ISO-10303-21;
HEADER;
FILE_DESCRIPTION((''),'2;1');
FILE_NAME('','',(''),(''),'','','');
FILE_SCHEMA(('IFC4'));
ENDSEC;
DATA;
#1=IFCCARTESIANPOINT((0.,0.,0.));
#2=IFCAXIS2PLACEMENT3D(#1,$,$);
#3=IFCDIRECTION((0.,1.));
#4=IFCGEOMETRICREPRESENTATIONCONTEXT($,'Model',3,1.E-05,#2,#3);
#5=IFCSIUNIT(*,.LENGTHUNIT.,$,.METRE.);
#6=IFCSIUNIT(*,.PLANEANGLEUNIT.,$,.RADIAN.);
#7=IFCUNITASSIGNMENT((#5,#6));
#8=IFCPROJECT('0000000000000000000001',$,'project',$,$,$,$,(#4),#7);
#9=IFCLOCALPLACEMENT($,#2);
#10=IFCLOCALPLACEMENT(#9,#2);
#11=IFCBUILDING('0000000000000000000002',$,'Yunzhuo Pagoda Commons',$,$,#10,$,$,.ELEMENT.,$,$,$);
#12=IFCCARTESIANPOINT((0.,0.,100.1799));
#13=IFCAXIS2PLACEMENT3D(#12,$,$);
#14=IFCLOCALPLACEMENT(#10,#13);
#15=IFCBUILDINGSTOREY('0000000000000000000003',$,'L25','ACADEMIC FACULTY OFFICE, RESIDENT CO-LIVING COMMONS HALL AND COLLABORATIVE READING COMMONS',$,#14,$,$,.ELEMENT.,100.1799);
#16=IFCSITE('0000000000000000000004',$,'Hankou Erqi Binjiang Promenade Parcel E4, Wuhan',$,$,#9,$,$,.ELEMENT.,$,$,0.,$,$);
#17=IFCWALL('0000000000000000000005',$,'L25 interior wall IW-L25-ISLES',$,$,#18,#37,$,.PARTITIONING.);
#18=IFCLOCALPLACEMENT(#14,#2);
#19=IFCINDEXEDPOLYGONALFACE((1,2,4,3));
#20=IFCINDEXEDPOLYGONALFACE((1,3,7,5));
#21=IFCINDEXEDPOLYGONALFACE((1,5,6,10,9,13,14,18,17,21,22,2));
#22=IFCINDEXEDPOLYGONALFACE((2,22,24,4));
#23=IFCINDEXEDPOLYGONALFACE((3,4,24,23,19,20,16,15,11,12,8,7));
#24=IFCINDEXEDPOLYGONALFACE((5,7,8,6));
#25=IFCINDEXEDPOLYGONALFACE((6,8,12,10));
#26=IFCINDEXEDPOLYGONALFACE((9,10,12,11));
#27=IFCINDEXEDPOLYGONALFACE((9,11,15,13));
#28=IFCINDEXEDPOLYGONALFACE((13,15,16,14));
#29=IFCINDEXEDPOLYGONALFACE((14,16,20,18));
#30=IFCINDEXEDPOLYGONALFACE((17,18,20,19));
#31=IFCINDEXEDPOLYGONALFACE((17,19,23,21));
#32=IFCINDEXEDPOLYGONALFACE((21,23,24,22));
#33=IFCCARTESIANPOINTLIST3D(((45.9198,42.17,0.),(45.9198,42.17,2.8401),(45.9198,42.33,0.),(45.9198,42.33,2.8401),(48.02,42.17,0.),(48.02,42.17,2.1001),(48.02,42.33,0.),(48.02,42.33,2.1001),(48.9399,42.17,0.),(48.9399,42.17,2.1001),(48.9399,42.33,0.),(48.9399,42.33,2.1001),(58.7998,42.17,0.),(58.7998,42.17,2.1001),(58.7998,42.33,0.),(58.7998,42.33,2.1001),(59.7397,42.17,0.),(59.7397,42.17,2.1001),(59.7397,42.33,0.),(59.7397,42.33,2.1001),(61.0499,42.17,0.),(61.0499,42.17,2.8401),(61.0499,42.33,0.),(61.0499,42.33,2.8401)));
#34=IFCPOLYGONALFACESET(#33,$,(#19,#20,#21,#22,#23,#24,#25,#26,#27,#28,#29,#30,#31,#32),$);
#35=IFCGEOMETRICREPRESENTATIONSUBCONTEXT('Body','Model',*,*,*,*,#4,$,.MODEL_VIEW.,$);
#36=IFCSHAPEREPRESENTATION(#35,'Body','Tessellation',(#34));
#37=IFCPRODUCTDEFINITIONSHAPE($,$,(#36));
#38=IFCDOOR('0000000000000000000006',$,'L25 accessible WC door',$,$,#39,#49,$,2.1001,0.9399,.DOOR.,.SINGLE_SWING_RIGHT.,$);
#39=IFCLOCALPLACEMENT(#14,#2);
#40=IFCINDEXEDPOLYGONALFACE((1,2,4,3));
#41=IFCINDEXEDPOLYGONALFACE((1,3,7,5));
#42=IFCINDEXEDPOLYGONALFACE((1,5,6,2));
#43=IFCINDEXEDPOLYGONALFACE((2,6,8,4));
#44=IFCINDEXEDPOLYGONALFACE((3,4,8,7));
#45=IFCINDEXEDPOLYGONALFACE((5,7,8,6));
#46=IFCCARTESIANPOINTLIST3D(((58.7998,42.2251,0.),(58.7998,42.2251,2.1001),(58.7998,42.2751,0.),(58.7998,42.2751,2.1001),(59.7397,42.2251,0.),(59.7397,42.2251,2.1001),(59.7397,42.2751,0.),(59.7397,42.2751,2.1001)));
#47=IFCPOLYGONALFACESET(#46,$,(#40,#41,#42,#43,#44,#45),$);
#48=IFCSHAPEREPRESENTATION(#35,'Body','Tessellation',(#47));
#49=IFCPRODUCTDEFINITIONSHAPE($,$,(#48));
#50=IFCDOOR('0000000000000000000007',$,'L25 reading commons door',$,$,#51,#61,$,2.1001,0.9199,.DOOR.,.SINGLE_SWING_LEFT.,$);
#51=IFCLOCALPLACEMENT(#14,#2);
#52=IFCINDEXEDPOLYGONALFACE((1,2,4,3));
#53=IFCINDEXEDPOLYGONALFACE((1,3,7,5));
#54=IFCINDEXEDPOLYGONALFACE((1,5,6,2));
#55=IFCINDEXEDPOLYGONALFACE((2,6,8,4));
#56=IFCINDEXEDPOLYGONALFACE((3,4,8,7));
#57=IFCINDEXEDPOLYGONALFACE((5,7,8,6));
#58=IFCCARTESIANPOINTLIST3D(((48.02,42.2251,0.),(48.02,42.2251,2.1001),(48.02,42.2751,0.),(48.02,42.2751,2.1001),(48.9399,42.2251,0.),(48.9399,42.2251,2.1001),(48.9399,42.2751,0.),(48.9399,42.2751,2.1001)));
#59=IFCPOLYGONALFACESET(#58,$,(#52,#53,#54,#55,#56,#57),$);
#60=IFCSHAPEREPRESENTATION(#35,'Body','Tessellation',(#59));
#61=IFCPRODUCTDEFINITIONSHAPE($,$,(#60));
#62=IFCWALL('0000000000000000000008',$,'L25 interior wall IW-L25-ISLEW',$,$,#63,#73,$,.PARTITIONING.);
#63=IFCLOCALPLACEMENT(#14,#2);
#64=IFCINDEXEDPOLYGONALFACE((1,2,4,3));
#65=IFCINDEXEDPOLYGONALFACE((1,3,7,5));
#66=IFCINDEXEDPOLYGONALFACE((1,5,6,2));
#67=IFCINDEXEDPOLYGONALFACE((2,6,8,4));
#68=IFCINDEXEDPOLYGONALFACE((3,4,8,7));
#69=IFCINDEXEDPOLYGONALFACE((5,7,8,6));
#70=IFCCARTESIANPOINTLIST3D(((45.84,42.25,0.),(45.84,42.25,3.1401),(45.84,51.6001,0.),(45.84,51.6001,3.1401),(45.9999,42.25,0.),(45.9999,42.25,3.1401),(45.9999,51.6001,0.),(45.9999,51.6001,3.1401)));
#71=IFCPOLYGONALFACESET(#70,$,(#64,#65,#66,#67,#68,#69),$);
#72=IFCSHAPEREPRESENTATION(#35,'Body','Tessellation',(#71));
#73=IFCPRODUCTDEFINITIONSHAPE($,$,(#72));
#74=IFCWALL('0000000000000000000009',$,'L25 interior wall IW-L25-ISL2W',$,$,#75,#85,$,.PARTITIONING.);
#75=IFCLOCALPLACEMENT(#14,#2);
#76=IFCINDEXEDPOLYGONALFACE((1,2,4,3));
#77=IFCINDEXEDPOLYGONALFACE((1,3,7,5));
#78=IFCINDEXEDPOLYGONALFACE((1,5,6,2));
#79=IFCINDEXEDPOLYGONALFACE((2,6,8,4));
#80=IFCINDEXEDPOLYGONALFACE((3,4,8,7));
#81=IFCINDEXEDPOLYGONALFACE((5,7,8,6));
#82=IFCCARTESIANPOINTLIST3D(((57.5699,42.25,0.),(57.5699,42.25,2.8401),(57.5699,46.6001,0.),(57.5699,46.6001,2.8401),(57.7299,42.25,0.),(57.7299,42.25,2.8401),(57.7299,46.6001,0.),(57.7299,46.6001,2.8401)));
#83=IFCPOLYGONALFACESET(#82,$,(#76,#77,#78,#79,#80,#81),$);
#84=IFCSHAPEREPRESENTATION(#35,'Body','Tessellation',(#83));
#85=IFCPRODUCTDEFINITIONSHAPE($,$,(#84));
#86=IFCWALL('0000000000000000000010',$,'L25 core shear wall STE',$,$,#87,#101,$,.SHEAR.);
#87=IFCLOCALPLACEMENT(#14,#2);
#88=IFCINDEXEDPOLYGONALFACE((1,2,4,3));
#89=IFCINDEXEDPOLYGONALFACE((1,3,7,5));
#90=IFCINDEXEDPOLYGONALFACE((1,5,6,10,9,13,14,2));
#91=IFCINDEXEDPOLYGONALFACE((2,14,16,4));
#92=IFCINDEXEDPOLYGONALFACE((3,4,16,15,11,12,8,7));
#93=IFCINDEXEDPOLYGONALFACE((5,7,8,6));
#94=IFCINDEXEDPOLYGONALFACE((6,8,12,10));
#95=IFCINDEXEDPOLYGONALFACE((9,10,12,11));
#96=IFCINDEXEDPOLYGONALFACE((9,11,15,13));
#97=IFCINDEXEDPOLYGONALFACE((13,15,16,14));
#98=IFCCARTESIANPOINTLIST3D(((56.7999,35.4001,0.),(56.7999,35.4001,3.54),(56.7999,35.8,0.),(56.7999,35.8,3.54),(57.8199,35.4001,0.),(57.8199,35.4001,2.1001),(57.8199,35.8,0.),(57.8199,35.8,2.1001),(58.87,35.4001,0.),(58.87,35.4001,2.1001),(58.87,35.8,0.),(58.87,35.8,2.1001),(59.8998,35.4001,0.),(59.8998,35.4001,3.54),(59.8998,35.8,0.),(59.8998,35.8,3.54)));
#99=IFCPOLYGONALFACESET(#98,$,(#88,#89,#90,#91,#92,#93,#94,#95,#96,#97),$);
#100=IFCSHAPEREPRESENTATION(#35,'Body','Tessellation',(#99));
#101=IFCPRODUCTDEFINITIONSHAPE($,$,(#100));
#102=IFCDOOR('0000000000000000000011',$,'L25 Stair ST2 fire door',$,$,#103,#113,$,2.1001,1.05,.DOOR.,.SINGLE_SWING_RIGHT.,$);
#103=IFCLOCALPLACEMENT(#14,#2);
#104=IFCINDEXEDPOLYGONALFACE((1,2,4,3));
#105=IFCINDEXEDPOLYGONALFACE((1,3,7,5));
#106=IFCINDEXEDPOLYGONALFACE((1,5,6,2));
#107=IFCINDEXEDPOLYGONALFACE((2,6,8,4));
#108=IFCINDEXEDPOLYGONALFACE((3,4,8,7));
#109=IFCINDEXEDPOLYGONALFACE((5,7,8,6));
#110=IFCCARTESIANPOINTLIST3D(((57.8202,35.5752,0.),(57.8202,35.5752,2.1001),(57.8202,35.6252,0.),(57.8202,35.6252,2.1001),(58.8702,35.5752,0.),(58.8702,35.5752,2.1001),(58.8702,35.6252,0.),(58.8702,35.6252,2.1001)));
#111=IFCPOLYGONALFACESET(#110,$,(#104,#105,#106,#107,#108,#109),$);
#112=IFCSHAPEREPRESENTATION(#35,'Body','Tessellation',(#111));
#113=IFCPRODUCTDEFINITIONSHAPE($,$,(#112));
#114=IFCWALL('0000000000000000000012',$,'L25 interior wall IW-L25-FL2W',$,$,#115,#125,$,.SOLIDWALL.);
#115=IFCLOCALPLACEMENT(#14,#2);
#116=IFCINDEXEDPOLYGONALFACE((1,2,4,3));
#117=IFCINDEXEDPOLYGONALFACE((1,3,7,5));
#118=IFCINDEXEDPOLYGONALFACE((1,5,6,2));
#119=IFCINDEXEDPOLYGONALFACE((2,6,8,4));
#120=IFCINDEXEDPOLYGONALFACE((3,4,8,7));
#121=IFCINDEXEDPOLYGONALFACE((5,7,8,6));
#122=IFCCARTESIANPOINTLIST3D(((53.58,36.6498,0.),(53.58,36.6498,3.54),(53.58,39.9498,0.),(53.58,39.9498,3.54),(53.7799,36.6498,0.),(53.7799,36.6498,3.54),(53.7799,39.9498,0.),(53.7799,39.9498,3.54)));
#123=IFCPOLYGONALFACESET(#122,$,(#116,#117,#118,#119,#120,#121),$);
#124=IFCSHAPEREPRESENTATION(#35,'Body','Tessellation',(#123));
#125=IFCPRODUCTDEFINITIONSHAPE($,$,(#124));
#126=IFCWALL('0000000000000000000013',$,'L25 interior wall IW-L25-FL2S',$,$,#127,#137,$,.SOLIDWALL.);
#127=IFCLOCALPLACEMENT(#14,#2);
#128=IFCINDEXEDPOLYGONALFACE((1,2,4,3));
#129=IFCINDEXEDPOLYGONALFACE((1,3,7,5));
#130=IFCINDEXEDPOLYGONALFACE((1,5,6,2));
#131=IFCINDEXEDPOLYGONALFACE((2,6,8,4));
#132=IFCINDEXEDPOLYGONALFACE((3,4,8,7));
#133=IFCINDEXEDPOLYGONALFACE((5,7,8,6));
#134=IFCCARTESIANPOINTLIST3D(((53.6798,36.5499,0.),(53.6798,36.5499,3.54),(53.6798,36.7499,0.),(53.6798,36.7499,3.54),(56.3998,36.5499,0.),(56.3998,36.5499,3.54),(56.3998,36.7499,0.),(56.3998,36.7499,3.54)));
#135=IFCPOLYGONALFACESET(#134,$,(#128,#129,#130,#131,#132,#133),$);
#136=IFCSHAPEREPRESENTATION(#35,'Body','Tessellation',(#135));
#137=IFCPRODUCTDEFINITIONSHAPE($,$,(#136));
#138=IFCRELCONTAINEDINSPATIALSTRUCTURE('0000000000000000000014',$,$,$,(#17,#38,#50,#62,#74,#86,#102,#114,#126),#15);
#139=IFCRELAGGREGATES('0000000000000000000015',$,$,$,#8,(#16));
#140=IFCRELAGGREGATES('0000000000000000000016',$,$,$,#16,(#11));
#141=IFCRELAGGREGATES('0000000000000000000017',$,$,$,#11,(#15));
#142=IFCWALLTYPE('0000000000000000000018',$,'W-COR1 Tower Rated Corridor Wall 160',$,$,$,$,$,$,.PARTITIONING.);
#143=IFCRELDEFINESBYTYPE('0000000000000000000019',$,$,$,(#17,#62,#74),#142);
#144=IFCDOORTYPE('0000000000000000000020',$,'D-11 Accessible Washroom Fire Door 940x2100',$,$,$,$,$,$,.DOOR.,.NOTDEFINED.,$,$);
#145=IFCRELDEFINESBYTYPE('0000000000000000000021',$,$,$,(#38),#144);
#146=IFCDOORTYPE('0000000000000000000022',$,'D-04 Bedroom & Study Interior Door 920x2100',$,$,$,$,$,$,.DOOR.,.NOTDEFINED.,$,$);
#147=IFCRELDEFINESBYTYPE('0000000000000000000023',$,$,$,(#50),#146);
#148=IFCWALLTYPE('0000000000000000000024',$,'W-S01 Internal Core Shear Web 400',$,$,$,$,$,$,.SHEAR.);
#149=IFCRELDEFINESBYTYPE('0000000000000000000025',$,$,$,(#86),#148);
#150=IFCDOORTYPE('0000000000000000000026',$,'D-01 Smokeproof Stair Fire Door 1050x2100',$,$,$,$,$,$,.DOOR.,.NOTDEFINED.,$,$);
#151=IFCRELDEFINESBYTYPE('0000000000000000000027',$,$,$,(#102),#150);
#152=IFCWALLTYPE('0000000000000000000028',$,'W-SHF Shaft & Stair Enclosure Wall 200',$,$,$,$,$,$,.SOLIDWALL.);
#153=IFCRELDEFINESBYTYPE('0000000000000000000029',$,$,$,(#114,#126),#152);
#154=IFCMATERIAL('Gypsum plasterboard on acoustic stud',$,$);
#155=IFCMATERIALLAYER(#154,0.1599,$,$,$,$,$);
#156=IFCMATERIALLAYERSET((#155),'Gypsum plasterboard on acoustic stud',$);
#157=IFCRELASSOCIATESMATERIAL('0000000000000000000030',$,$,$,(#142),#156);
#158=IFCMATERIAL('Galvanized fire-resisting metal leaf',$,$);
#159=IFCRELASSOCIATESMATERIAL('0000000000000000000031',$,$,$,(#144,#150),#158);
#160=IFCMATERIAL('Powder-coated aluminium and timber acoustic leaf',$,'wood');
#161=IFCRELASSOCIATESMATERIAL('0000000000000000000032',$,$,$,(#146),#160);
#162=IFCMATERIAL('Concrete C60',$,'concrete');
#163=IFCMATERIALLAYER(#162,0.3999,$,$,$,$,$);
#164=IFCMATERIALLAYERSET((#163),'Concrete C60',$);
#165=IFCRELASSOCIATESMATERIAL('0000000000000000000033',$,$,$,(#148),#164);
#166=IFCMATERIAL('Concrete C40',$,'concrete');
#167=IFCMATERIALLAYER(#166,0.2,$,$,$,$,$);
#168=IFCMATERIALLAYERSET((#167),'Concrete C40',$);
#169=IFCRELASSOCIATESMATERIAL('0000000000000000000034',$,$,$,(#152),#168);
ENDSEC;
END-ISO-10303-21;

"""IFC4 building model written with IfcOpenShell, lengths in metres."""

from ifc_helpers import new_model, si_unit, direction, frame, frame_2d, origin, place, context, subcontext, project, spatial, rectangle, extrude, source, transform, mapped, material, layer, layer_set, type_object, element, fill, save


model = new_model("IFC4")

# Units and contexts
model_context = context("Model", 3, precision=1e-05, world=origin(), true_north=direction((0.0, 1.0)))
body_context = subcontext(model_context, "Body", "Model", "MODEL_VIEW")
ifc_project = project(units=[si_unit("LENGTHUNIT", "METRE"), si_unit("PLANEANGLEUNIT", "RADIAN")], contexts=[model_context])

# Site, building, storey
site_placement = place(None, origin())
site = spatial("IfcSite", under=ifc_project, at=site_placement, Name="Hankou Erqi Binjiang Promenade Parcel E4, Wuhan", CompositionType="ELEMENT", RefElevation=0.0)
building_placement = place(site_placement, origin())
building = spatial("IfcBuilding", under=site, at=building_placement, Name="Yunzhuo Pagoda Commons", CompositionType="ELEMENT")
storey_placement = place(building_placement, frame((0.0, 0.0, 100.1799)))
storey = spatial("IfcBuildingStorey", under=building, at=storey_placement, Name="L25", Description="ACADEMIC FACULTY OFFICE, RESIDENT CO-LIVING COMMONS HALL AND COLLABORATIVE READING COMMONS", CompositionType="ELEMENT", Elevation=100.1799)

# Shared definitions
ifc_material_1 = material(Name="Concrete C60", Category="concrete")
ifc_material_2 = material(Name="Galvanized fire-resisting metal leaf")
shared_shape_1 = source(origin(), body_context, "Body", "SweptSolid", [
    extrude(rectangle(XDim=1.05, YDim=2.1001, at=frame_2d((0.5249, 1.05))), frame((0.0, 0.0249, 0.0), z_axis=(0.0, -1.0, 0.0), x_axis=(1.0, 0.0, 0.0)), (0.0, 0.0, 1.0), 0.05),
])

# Wall, openings, doors
ifc_material_3 = material(Name="Gypsum plasterboard on acoustic stud")
ifc_layer_1 = layer(ifc_material_3, 0.1599)
ifc_layer_set_1 = layer_set([ifc_layer_1], Name="Gypsum plasterboard on acoustic stud")
wall_type_1 = type_object("IfcWallType", Name="W-COR1 Tower Rated Corridor Wall 160", PredefinedType="PARTITIONING", material=ifc_layer_set_1)
wall_1_placement = place(storey_placement, frame((45.9199, 42.25, 0.0), z_axis=(0.0, 0.0, 1.0), x_axis=(1.0, 0.0, 0.0)))
wall_1 = element("IfcWall", 1, at=wall_1_placement, inside=storey, type_object=wall_type_1, Name="L25 interior wall IW-L25-ISLES", PredefinedType="PARTITIONING", context=body_context, shape_type="SweptSolid", body=[
    extrude(rectangle(XDim=15.1301, YDim=0.1599, at=frame_2d((7.5649, 0.0))), origin(), (0.0, 0.0, 1.0), 2.8401),
])
opening_1_placement = place(wall_1_placement, frame((2.1001, 0.0, 0.0)))
opening_1 = element("IfcOpeningElement", 2, at=opening_1_placement, cuts=wall_1, PredefinedType="OPENING", context=body_context, shape_type="SweptSolid", body=[
    extrude(rectangle(XDim=0.9199, YDim=2.1001, at=frame_2d((0.46, 1.05))), frame((0.0, 0.0898, 0.0), z_axis=(0.0, -1.0, 0.0), x_axis=(1.0, 0.0, 0.0)), (0.0, 0.0, 1.0), 0.1799),
])
opening_2_placement = place(wall_1_placement, frame((12.8799, 0.0, 0.0)))
opening_2 = element("IfcOpeningElement", 3, at=opening_2_placement, cuts=wall_1, PredefinedType="OPENING", context=body_context, shape_type="SweptSolid", body=[
    extrude(rectangle(XDim=0.9399, YDim=2.1001, at=frame_2d((0.47, 1.05))), frame((0.0, 0.0898, 0.0), z_axis=(0.0, -1.0, 0.0), x_axis=(1.0, 0.0, 0.0)), (0.0, 0.0, 1.0), 0.1799),
])
door_type_1 = type_object("IfcDoorType", Name="D-11 Accessible Washroom Fire Door 940x2100", OperationType="NOTDEFINED", PredefinedType="DOOR", material=ifc_material_2)
shared_shape_2 = source(origin(), body_context, "Body", "SweptSolid", [
    extrude(rectangle(XDim=0.9399, YDim=2.1001, at=frame_2d((0.47, 1.05))), frame((0.0, 0.0249, 0.0), z_axis=(0.0, -1.0, 0.0), x_axis=(1.0, 0.0, 0.0)), (0.0, 0.0, 1.0), 0.05),
])
door_1_placement = place(opening_2_placement, frame((0.9399, 0.0, 0.0), z_axis=(0.0, 0.0, 1.0), x_axis=(-1.0, 0.0, 0.0)))
door_1 = element("IfcDoor", 4, at=door_1_placement, inside=storey, type_object=door_type_1, Name="L25 accessible WC door", OperationType="SINGLE_SWING_RIGHT", OverallHeight=2.1001, OverallWidth=0.9399, PredefinedType="DOOR", context=body_context, shape_type="MappedRepresentation", body=[
    mapped(shared_shape_2, transform((0.0, 0.0, 0.0), scale=1.0)),
])
fill(opening_2, door_1)
ifc_material_4 = material(Name="Powder-coated aluminium and timber acoustic leaf", Category="wood")
door_type_2 = type_object("IfcDoorType", Name="D-04 Bedroom & Study Interior Door 920x2100", OperationType="NOTDEFINED", PredefinedType="DOOR", material=ifc_material_4)
shared_shape_3 = source(origin(), body_context, "Body", "SweptSolid", [
    extrude(rectangle(XDim=0.9199, YDim=2.1001, at=frame_2d((0.46, 1.05))), frame((0.0, 0.0249, 0.0), z_axis=(0.0, -1.0, 0.0), x_axis=(1.0, 0.0, 0.0)), (0.0, 0.0, 1.0), 0.05),
])
door_2_placement = place(opening_1_placement, frame((0.9199, 0.0, 0.0), z_axis=(0.0, 0.0, 1.0), x_axis=(-1.0, 0.0, 0.0)))
door_2 = element("IfcDoor", 5, at=door_2_placement, inside=storey, type_object=door_type_2, Name="L25 reading commons door", OperationType="SINGLE_SWING_LEFT", OverallHeight=2.1001, OverallWidth=0.9199, PredefinedType="DOOR", context=body_context, shape_type="MappedRepresentation", body=[
    mapped(shared_shape_3, transform((0.0, 0.0, 0.0), scale=1.0)),
])
fill(opening_1, door_2)

# Walls
wall_2_placement = place(storey_placement, frame((45.9199, 42.25, 0.0), z_axis=(0.0, 0.0, 1.0), x_axis=(0.0, 1.0, 0.0)))
element("IfcWall", 6, at=wall_2_placement, inside=storey, type_object=wall_type_1, Name="L25 interior wall IW-L25-ISLEW", PredefinedType="PARTITIONING", context=body_context, shape_type="SweptSolid", body=[
    extrude(rectangle(XDim=9.3501, YDim=0.1599, at=frame_2d((4.675, 0.0))), origin(), (0.0, 0.0, 1.0), 3.1401),
])
wall_3_placement = place(storey_placement, frame((57.6499, 42.25, 0.0), z_axis=(0.0, 0.0, 1.0), x_axis=(0.0, 1.0, 0.0)))
element("IfcWall", 7, at=wall_3_placement, inside=storey, type_object=wall_type_1, Name="L25 interior wall IW-L25-ISL2W", PredefinedType="PARTITIONING", context=body_context, shape_type="SweptSolid", body=[
    extrude(rectangle(XDim=4.3501, YDim=0.1599, at=frame_2d((2.175, 0.0))), origin(), (0.0, 0.0, 1.0), 2.8401),
])

# Wall, opening, door
ifc_layer_2 = layer(ifc_material_1, 0.3999)
ifc_layer_set_2 = layer_set([ifc_layer_2], Name="Concrete C60")
wall_type_2 = type_object("IfcWallType", Name="W-S01 Internal Core Shear Web 400", PredefinedType="SHEAR", material=ifc_layer_set_2)
wall_4_placement = place(storey_placement, frame((56.8, 35.6001, 0.0), z_axis=(0.0, 0.0, 1.0), x_axis=(1.0, 0.0, 0.0)))
wall_4 = element("IfcWall", 8, at=wall_4_placement, inside=storey, type_object=wall_type_2, Name="L25 core shear wall STE", PredefinedType="SHEAR", context=body_context, shape_type="SweptSolid", body=[
    extrude(rectangle(XDim=3.0999, YDim=0.3999, at=frame_2d((1.5498, 0.0))), origin(), (0.0, 0.0, 1.0), 3.54),
])
opening_3_placement = place(wall_4_placement, frame((1.02, 0.0, 0.0)))
opening_3 = element("IfcOpeningElement", 9, at=opening_3_placement, cuts=wall_4, PredefinedType="OPENING", context=body_context, shape_type="SweptSolid", body=[
    extrude(rectangle(XDim=1.05, YDim=2.1001, at=frame_2d((0.5249, 1.05))), frame((0.0, 0.21, 0.0), z_axis=(0.0, -1.0, 0.0), x_axis=(1.0, 0.0, 0.0)), (0.0, 0.0, 1.0), 0.4199),
])
door_type_3 = type_object("IfcDoorType", Name="D-01 Smokeproof Stair Fire Door 1050x2100", OperationType="NOTDEFINED", PredefinedType="DOOR", material=ifc_material_2)
door_3_placement = place(opening_3_placement, frame((1.05, 0.0, 0.0), z_axis=(0.0, 0.0, 1.0), x_axis=(-1.0, 0.0, 0.0)))
door_3 = element("IfcDoor", 10, at=door_3_placement, inside=storey, type_object=door_type_3, Name="L25 Stair ST2 fire door", OperationType="SINGLE_SWING_RIGHT", OverallHeight=2.1001, OverallWidth=1.05, PredefinedType="DOOR", context=body_context, shape_type="MappedRepresentation", body=[
    mapped(shared_shape_1, transform((0.0, 0.0, 0.0), scale=1.0)),
])
fill(opening_3, door_3)

# Walls
ifc_material_5 = material(Name="Concrete C40", Category="concrete")
ifc_layer_3 = layer(ifc_material_5, 0.2)
ifc_layer_set_3 = layer_set([ifc_layer_3], Name="Concrete C40")
wall_type_3 = type_object("IfcWallType", Name="W-SHF Shaft & Stair Enclosure Wall 200", PredefinedType="SOLIDWALL", material=ifc_layer_set_3)
wall_5_placement = place(storey_placement, frame((53.6799, 36.6499, 0.0), z_axis=(0.0, 0.0, 1.0), x_axis=(0.0, 1.0, 0.0)))
element("IfcWall", 11, at=wall_5_placement, inside=storey, type_object=wall_type_3, Name="L25 interior wall IW-L25-FL2W", PredefinedType="SOLIDWALL", context=body_context, shape_type="SweptSolid", body=[
    extrude(rectangle(XDim=3.3, YDim=0.2, at=frame_2d((1.6499, 0.0))), origin(), (0.0, 0.0, 1.0), 3.54),
])
wall_6_placement = place(storey_placement, frame((53.6799, 36.6499, 0.0), z_axis=(0.0, 0.0, 1.0), x_axis=(1.0, 0.0, 0.0)))
element("IfcWall", 12, at=wall_6_placement, inside=storey, type_object=wall_type_3, Name="L25 interior wall IW-L25-FL2S", PredefinedType="SOLIDWALL", context=body_context, shape_type="SweptSolid", body=[
    extrude(rectangle(XDim=2.72, YDim=0.2, at=frame_2d((1.3599, 0.0))), origin(), (0.0, 0.0, 1.0), 3.54),
])

save(model, "model.ifc")
